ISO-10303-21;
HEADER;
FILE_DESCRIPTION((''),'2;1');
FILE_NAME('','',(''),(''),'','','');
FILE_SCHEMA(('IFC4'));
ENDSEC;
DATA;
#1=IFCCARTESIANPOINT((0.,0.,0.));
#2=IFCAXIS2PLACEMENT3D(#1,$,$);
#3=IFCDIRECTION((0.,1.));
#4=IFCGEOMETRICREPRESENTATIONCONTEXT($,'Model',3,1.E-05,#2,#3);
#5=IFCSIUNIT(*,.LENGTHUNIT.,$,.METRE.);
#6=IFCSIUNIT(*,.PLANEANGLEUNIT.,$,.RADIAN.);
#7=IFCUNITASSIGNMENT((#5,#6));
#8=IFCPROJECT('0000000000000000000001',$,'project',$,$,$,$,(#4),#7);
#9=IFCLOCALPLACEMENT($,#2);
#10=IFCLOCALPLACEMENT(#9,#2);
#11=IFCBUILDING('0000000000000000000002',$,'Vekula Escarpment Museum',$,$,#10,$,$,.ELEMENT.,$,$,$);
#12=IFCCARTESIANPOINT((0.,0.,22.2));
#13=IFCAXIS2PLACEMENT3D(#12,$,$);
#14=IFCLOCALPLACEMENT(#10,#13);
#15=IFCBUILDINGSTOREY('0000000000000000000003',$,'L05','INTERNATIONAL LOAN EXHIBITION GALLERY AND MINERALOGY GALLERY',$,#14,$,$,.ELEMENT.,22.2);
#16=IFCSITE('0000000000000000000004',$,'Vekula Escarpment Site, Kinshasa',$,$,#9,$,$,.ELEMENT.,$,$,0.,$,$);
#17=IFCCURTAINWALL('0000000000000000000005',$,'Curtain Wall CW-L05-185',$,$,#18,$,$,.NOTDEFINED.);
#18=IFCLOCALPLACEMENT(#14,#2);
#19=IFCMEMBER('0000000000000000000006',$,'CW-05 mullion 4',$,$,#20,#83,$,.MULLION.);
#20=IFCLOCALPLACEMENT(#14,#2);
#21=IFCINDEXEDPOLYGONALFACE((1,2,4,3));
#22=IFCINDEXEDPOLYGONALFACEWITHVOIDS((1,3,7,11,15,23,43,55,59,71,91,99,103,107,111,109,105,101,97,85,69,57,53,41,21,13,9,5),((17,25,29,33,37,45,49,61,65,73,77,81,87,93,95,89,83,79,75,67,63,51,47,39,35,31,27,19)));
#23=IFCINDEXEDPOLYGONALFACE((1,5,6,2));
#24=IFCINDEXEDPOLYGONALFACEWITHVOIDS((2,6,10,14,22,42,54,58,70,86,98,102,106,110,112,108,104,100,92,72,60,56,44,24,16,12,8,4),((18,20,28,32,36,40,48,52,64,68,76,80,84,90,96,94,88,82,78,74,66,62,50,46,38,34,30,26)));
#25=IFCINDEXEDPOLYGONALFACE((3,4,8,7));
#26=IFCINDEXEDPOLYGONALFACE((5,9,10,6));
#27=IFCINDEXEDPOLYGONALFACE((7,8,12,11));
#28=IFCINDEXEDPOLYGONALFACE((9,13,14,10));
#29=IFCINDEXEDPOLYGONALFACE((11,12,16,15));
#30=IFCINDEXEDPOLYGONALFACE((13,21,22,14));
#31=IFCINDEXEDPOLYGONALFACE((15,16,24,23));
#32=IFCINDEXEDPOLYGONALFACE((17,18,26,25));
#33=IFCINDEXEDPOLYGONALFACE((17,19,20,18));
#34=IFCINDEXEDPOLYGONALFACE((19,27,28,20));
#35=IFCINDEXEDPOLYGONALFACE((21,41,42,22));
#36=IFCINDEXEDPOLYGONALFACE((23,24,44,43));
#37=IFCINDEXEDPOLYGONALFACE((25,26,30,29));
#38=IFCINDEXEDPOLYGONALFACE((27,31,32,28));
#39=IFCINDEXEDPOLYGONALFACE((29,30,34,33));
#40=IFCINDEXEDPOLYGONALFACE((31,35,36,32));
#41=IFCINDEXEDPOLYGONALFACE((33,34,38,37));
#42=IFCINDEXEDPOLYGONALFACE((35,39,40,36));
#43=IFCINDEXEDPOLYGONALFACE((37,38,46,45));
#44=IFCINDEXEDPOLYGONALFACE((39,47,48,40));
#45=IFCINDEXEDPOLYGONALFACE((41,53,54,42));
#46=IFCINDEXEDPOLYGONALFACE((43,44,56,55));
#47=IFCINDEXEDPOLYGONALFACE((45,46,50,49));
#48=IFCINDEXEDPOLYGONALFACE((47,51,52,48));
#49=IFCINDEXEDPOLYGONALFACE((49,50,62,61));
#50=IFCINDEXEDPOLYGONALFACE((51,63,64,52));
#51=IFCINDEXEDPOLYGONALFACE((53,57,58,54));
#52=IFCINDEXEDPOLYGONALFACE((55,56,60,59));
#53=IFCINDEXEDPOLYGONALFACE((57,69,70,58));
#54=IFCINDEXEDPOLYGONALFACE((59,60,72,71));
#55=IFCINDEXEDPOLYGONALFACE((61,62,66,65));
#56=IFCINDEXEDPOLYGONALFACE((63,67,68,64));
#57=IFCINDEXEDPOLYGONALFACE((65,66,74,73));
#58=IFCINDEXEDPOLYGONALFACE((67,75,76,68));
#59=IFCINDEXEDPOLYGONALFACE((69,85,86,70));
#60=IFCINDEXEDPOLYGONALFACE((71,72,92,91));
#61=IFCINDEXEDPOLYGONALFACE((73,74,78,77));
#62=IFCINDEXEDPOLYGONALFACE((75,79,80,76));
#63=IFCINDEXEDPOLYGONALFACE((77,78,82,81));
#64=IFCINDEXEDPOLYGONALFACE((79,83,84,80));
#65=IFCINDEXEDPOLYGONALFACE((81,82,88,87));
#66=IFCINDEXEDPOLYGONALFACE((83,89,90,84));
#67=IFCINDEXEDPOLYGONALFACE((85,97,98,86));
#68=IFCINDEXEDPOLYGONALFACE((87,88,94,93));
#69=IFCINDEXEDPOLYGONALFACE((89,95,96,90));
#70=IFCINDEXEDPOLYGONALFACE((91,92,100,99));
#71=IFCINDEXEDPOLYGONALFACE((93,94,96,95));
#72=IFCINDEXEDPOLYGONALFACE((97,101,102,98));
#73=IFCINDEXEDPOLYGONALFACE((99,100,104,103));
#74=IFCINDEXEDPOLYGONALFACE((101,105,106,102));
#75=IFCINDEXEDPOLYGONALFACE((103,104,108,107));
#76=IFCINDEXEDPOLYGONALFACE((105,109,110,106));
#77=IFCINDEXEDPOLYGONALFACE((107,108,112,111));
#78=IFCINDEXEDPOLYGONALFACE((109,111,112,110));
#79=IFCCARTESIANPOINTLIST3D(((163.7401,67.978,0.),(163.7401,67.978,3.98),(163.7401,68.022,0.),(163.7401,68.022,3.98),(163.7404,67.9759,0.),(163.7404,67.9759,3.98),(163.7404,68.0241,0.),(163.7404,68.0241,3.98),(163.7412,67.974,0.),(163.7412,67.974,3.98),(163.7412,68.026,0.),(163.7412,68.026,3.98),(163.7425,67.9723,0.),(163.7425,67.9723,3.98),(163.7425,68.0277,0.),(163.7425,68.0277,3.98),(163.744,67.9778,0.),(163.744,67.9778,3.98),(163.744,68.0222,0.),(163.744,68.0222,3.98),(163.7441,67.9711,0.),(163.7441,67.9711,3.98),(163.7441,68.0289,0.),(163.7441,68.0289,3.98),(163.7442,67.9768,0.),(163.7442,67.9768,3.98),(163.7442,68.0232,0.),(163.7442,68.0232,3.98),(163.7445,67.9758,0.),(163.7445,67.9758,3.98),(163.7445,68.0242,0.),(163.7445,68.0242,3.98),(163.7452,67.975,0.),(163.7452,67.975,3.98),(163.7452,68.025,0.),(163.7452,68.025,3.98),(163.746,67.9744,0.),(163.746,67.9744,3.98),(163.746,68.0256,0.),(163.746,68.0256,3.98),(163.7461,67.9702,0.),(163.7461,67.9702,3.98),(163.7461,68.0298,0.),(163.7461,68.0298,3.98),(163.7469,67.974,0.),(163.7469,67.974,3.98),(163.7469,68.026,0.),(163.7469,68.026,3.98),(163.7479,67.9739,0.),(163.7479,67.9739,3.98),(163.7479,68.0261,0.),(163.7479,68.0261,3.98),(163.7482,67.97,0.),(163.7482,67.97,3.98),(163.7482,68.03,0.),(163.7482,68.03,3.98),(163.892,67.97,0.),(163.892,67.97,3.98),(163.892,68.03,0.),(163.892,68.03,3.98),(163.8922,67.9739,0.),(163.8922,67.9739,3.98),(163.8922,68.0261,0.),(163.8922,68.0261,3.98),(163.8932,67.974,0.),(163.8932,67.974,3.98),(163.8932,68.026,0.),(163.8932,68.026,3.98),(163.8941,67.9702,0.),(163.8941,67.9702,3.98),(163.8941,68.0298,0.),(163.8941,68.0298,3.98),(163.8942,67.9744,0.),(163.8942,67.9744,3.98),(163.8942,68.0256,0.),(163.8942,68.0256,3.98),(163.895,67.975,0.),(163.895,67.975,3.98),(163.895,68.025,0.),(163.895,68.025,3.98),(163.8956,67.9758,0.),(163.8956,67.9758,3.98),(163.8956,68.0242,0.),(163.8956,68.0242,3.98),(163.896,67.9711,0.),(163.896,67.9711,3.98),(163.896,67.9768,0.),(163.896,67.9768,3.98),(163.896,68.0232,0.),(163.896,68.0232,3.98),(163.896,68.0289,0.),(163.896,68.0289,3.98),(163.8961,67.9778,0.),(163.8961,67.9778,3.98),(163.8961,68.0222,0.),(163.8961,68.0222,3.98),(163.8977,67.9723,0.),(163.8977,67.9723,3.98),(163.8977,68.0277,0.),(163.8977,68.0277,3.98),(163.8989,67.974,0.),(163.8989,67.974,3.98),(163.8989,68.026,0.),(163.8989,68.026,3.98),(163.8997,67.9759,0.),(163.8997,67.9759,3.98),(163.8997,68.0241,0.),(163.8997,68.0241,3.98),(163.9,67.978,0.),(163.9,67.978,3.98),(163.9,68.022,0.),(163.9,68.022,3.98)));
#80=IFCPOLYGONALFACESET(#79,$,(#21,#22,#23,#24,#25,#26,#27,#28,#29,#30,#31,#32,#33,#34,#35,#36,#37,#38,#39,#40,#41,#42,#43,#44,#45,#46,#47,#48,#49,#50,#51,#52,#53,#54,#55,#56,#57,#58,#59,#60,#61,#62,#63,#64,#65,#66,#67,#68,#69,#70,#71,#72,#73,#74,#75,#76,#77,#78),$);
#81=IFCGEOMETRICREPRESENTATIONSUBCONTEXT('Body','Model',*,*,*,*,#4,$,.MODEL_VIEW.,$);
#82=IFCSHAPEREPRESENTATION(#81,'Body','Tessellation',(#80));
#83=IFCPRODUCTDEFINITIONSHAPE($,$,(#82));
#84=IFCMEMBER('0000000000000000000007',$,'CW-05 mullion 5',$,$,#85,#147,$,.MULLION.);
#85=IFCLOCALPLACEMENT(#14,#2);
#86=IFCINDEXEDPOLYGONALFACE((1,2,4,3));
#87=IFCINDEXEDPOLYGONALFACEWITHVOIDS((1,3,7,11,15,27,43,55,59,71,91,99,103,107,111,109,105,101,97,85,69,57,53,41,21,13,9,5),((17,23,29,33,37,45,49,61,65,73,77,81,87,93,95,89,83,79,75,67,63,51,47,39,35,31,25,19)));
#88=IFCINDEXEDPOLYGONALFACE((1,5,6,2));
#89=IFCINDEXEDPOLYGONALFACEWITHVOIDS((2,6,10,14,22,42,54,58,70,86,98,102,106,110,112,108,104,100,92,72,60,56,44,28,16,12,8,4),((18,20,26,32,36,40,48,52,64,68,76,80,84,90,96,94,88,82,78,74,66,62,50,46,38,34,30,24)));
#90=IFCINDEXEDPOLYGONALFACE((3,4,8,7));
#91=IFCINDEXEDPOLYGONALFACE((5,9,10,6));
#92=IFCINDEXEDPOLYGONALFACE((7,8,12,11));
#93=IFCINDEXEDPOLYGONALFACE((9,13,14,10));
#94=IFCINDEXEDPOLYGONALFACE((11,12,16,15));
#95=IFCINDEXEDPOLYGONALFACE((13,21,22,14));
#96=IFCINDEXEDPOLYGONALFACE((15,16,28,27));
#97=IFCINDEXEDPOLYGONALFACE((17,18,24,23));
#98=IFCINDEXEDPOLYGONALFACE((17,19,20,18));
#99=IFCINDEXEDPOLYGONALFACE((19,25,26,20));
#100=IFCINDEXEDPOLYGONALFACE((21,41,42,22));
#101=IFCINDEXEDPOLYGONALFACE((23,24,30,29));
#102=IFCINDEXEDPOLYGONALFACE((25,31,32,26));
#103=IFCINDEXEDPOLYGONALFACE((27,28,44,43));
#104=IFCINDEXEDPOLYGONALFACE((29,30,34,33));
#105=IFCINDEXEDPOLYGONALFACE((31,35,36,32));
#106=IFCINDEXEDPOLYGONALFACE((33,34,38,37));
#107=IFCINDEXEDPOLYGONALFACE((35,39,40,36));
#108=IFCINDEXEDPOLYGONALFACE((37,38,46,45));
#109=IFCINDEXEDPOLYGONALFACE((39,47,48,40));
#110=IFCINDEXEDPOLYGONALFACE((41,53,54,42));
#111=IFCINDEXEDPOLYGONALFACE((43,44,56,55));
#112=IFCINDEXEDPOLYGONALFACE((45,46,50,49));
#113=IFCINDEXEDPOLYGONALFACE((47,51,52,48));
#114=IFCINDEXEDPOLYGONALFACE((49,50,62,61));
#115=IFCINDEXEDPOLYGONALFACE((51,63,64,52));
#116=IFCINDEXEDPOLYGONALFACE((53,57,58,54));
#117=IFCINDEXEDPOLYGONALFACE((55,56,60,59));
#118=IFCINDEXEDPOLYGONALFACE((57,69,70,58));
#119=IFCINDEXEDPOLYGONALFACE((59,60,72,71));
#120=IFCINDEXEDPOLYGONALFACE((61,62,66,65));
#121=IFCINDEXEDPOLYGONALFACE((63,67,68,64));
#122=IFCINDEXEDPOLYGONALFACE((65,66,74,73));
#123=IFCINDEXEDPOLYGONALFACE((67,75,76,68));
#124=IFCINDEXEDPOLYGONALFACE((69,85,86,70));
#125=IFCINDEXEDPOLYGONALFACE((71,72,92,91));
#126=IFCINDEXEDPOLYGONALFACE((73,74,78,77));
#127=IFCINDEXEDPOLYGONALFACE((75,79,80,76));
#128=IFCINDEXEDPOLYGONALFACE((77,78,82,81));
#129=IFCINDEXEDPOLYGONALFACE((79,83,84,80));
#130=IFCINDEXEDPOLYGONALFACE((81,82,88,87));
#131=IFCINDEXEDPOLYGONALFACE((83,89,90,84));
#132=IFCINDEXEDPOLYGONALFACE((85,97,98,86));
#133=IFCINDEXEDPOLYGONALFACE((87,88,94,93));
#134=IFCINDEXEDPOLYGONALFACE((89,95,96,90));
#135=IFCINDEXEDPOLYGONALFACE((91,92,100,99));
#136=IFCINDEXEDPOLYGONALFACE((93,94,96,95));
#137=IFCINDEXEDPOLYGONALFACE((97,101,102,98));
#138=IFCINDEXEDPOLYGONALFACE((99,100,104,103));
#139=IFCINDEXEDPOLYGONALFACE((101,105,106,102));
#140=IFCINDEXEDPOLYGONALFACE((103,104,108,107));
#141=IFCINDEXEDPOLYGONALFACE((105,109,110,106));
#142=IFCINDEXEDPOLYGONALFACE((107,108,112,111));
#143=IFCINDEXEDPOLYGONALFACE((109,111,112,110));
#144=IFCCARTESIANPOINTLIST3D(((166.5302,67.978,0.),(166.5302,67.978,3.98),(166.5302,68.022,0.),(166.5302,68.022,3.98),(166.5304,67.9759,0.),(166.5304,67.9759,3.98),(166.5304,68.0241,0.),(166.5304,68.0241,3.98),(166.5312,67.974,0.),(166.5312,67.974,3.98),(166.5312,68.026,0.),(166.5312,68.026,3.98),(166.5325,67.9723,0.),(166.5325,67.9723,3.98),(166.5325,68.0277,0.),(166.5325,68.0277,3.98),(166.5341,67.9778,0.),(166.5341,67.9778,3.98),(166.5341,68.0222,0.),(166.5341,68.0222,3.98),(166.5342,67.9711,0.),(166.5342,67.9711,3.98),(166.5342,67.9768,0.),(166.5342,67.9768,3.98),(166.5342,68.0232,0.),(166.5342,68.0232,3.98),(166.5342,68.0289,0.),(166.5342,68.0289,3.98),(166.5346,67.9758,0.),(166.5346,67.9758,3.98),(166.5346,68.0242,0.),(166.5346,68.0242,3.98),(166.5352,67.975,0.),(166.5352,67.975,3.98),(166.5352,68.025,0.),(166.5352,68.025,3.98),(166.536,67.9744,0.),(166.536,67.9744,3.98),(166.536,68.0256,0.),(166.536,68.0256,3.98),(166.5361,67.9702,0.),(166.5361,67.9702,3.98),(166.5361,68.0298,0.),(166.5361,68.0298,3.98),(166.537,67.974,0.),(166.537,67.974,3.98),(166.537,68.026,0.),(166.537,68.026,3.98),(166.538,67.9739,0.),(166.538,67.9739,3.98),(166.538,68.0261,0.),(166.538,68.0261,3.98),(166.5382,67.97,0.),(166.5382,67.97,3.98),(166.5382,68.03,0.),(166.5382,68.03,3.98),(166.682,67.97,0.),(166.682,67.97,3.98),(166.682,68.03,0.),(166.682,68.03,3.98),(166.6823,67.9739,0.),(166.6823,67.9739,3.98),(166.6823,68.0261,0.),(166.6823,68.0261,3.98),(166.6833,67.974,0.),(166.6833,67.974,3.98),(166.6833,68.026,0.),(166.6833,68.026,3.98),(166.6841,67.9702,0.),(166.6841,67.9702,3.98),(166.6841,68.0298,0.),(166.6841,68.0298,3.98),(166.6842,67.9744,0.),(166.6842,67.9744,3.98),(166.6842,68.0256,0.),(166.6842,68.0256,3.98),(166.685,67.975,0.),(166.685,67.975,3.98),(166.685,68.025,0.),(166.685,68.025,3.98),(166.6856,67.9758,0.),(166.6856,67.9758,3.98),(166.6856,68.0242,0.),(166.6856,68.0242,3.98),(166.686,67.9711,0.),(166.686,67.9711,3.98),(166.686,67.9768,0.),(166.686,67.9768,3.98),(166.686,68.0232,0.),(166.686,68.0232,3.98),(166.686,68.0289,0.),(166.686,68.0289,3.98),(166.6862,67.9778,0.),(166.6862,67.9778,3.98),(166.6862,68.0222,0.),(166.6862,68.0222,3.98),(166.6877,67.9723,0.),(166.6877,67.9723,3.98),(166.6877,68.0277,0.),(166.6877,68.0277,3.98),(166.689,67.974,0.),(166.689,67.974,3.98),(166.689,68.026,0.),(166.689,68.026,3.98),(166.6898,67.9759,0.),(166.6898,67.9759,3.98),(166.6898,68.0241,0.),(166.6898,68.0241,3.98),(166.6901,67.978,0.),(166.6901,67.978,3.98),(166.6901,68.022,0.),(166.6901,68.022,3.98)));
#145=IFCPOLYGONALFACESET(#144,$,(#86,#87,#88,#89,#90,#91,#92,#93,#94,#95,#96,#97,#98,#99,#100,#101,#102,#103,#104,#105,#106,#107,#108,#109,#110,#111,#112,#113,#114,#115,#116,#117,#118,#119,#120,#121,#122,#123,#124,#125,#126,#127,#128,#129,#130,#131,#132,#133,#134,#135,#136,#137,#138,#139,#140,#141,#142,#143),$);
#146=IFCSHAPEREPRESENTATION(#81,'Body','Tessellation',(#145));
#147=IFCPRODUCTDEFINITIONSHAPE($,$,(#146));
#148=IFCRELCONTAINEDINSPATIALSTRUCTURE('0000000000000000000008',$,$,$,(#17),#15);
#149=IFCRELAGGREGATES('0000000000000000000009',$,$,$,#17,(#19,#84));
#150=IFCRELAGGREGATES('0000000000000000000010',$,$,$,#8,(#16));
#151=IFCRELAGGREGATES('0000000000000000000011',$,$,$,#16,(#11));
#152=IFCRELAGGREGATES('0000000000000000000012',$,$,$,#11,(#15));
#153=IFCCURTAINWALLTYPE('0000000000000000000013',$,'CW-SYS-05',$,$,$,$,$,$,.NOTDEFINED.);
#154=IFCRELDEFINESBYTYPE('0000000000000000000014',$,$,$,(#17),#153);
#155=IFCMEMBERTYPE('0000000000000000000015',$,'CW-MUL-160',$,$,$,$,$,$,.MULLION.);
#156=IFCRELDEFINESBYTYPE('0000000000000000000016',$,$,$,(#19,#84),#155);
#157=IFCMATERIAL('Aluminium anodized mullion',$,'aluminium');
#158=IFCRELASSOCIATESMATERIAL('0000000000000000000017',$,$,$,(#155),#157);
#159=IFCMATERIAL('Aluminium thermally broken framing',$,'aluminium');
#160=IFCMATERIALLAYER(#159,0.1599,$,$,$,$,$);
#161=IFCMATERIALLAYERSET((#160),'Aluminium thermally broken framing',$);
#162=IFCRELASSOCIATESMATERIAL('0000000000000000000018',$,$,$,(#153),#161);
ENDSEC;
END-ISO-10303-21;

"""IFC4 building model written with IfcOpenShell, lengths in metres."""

from ifc_helpers import new_model, si_unit, direction, frame, origin, origin_2d, place, context, subcontext, project, spatial, hollow_rectangle, extrude, material, layer, layer_set, material_profile, profile_set, type_object, element, aggregate, save


model = new_model("IFC4")

# Units and contexts
model_context = context("Model", 3, precision=1e-05, world=origin(), true_north=direction((0.0, 1.0)))
body_context = subcontext(model_context, "Body", "Model", "MODEL_VIEW")
ifc_project = project(units=[si_unit("LENGTHUNIT", "METRE"), si_unit("PLANEANGLEUNIT", "RADIAN")], contexts=[model_context])

# Site, building, storey
site_placement = place(None, origin())
site = spatial("IfcSite", under=ifc_project, at=site_placement, Name="Vekula Escarpment Site, Kinshasa", CompositionType="ELEMENT", RefElevation=0.0)
building_placement = place(site_placement, origin())
building = spatial("IfcBuilding", under=site, at=building_placement, Name="Vekula Escarpment Museum", CompositionType="ELEMENT")
storey_placement = place(building_placement, frame((0.0, 0.0, 22.2)))
storey = spatial("IfcBuildingStorey", under=building, at=storey_placement, Name="L05", Description="INTERNATIONAL LOAN EXHIBITION GALLERY AND MINERALOGY GALLERY", CompositionType="ELEMENT", Elevation=22.2)

# Shared definitions
ifc_material_1 = material(Name="Aluminium anodized mullion", Category="aluminium")
ifc_material_profile_1 = material_profile(ifc_material_1, hollow_rectangle(XDim=0.0601, YDim=0.1599, WallThickness=0.0039, InnerFilletRadius=0.0039, OuterFilletRadius=0.0081, at=origin_2d()), Name="ALU 160x60x4")
ifc_profile_set_1 = profile_set([ifc_material_profile_1], Name="Aluminium anodized mullion")
member_type_1 = type_object("IfcMemberType", Name="CW-MUL-160", PredefinedType="MULLION", material=ifc_profile_set_1)

# Curtain wall, members
ifc_material_2 = material(Name="Aluminium thermally broken framing", Category="aluminium")
ifc_layer_1 = layer(ifc_material_2, 0.1599)
ifc_layer_set_1 = layer_set([ifc_layer_1], Name="Aluminium thermally broken framing")
curtain_wall_type_1 = type_object("IfcCurtainWallType", Name="CW-SYS-05", PredefinedType="NOTDEFINED", material=ifc_layer_set_1)
curtain_wall_1_placement = place(storey_placement, origin())
curtain_wall_1 = element("IfcCurtainWall", 1, at=curtain_wall_1_placement, inside=storey, type_object=curtain_wall_type_1, Name="Curtain Wall CW-L05-185", PredefinedType="NOTDEFINED")
member_1_placement = place(storey_placement, frame((163.8201, 68.0, 0.0), z_axis=(0.0, 0.0, 1.0), x_axis=(0.0, 1.0, 0.0)))
member_1 = element("IfcMember", 2, at=member_1_placement, type_object=member_type_1, Name="CW-05 mullion 4", PredefinedType="MULLION", context=body_context, shape_type="SweptSolid", body=[
    extrude(hollow_rectangle(XDim=0.0601, YDim=0.1599, WallThickness=0.0039, InnerFilletRadius=0.0039, OuterFilletRadius=0.0081, at=origin_2d()), origin(), (0.0, 0.0, 1.0), 3.98),
])
member_2_placement = place(storey_placement, frame((166.6101, 68.0, 0.0), z_axis=(0.0, 0.0, 1.0), x_axis=(0.0, 1.0, 0.0)))
member_2 = element("IfcMember", 3, at=member_2_placement, type_object=member_type_1, Name="CW-05 mullion 5", PredefinedType="MULLION", context=body_context, shape_type="SweptSolid", body=[
    extrude(hollow_rectangle(XDim=0.0601, YDim=0.1599, WallThickness=0.0039, InnerFilletRadius=0.0039, OuterFilletRadius=0.0081, at=origin_2d()), origin(), (0.0, 0.0, 1.0), 3.98),
])

aggregate(curtain_wall_1, [member_1, member_2])

save(model, "model.ifc")
